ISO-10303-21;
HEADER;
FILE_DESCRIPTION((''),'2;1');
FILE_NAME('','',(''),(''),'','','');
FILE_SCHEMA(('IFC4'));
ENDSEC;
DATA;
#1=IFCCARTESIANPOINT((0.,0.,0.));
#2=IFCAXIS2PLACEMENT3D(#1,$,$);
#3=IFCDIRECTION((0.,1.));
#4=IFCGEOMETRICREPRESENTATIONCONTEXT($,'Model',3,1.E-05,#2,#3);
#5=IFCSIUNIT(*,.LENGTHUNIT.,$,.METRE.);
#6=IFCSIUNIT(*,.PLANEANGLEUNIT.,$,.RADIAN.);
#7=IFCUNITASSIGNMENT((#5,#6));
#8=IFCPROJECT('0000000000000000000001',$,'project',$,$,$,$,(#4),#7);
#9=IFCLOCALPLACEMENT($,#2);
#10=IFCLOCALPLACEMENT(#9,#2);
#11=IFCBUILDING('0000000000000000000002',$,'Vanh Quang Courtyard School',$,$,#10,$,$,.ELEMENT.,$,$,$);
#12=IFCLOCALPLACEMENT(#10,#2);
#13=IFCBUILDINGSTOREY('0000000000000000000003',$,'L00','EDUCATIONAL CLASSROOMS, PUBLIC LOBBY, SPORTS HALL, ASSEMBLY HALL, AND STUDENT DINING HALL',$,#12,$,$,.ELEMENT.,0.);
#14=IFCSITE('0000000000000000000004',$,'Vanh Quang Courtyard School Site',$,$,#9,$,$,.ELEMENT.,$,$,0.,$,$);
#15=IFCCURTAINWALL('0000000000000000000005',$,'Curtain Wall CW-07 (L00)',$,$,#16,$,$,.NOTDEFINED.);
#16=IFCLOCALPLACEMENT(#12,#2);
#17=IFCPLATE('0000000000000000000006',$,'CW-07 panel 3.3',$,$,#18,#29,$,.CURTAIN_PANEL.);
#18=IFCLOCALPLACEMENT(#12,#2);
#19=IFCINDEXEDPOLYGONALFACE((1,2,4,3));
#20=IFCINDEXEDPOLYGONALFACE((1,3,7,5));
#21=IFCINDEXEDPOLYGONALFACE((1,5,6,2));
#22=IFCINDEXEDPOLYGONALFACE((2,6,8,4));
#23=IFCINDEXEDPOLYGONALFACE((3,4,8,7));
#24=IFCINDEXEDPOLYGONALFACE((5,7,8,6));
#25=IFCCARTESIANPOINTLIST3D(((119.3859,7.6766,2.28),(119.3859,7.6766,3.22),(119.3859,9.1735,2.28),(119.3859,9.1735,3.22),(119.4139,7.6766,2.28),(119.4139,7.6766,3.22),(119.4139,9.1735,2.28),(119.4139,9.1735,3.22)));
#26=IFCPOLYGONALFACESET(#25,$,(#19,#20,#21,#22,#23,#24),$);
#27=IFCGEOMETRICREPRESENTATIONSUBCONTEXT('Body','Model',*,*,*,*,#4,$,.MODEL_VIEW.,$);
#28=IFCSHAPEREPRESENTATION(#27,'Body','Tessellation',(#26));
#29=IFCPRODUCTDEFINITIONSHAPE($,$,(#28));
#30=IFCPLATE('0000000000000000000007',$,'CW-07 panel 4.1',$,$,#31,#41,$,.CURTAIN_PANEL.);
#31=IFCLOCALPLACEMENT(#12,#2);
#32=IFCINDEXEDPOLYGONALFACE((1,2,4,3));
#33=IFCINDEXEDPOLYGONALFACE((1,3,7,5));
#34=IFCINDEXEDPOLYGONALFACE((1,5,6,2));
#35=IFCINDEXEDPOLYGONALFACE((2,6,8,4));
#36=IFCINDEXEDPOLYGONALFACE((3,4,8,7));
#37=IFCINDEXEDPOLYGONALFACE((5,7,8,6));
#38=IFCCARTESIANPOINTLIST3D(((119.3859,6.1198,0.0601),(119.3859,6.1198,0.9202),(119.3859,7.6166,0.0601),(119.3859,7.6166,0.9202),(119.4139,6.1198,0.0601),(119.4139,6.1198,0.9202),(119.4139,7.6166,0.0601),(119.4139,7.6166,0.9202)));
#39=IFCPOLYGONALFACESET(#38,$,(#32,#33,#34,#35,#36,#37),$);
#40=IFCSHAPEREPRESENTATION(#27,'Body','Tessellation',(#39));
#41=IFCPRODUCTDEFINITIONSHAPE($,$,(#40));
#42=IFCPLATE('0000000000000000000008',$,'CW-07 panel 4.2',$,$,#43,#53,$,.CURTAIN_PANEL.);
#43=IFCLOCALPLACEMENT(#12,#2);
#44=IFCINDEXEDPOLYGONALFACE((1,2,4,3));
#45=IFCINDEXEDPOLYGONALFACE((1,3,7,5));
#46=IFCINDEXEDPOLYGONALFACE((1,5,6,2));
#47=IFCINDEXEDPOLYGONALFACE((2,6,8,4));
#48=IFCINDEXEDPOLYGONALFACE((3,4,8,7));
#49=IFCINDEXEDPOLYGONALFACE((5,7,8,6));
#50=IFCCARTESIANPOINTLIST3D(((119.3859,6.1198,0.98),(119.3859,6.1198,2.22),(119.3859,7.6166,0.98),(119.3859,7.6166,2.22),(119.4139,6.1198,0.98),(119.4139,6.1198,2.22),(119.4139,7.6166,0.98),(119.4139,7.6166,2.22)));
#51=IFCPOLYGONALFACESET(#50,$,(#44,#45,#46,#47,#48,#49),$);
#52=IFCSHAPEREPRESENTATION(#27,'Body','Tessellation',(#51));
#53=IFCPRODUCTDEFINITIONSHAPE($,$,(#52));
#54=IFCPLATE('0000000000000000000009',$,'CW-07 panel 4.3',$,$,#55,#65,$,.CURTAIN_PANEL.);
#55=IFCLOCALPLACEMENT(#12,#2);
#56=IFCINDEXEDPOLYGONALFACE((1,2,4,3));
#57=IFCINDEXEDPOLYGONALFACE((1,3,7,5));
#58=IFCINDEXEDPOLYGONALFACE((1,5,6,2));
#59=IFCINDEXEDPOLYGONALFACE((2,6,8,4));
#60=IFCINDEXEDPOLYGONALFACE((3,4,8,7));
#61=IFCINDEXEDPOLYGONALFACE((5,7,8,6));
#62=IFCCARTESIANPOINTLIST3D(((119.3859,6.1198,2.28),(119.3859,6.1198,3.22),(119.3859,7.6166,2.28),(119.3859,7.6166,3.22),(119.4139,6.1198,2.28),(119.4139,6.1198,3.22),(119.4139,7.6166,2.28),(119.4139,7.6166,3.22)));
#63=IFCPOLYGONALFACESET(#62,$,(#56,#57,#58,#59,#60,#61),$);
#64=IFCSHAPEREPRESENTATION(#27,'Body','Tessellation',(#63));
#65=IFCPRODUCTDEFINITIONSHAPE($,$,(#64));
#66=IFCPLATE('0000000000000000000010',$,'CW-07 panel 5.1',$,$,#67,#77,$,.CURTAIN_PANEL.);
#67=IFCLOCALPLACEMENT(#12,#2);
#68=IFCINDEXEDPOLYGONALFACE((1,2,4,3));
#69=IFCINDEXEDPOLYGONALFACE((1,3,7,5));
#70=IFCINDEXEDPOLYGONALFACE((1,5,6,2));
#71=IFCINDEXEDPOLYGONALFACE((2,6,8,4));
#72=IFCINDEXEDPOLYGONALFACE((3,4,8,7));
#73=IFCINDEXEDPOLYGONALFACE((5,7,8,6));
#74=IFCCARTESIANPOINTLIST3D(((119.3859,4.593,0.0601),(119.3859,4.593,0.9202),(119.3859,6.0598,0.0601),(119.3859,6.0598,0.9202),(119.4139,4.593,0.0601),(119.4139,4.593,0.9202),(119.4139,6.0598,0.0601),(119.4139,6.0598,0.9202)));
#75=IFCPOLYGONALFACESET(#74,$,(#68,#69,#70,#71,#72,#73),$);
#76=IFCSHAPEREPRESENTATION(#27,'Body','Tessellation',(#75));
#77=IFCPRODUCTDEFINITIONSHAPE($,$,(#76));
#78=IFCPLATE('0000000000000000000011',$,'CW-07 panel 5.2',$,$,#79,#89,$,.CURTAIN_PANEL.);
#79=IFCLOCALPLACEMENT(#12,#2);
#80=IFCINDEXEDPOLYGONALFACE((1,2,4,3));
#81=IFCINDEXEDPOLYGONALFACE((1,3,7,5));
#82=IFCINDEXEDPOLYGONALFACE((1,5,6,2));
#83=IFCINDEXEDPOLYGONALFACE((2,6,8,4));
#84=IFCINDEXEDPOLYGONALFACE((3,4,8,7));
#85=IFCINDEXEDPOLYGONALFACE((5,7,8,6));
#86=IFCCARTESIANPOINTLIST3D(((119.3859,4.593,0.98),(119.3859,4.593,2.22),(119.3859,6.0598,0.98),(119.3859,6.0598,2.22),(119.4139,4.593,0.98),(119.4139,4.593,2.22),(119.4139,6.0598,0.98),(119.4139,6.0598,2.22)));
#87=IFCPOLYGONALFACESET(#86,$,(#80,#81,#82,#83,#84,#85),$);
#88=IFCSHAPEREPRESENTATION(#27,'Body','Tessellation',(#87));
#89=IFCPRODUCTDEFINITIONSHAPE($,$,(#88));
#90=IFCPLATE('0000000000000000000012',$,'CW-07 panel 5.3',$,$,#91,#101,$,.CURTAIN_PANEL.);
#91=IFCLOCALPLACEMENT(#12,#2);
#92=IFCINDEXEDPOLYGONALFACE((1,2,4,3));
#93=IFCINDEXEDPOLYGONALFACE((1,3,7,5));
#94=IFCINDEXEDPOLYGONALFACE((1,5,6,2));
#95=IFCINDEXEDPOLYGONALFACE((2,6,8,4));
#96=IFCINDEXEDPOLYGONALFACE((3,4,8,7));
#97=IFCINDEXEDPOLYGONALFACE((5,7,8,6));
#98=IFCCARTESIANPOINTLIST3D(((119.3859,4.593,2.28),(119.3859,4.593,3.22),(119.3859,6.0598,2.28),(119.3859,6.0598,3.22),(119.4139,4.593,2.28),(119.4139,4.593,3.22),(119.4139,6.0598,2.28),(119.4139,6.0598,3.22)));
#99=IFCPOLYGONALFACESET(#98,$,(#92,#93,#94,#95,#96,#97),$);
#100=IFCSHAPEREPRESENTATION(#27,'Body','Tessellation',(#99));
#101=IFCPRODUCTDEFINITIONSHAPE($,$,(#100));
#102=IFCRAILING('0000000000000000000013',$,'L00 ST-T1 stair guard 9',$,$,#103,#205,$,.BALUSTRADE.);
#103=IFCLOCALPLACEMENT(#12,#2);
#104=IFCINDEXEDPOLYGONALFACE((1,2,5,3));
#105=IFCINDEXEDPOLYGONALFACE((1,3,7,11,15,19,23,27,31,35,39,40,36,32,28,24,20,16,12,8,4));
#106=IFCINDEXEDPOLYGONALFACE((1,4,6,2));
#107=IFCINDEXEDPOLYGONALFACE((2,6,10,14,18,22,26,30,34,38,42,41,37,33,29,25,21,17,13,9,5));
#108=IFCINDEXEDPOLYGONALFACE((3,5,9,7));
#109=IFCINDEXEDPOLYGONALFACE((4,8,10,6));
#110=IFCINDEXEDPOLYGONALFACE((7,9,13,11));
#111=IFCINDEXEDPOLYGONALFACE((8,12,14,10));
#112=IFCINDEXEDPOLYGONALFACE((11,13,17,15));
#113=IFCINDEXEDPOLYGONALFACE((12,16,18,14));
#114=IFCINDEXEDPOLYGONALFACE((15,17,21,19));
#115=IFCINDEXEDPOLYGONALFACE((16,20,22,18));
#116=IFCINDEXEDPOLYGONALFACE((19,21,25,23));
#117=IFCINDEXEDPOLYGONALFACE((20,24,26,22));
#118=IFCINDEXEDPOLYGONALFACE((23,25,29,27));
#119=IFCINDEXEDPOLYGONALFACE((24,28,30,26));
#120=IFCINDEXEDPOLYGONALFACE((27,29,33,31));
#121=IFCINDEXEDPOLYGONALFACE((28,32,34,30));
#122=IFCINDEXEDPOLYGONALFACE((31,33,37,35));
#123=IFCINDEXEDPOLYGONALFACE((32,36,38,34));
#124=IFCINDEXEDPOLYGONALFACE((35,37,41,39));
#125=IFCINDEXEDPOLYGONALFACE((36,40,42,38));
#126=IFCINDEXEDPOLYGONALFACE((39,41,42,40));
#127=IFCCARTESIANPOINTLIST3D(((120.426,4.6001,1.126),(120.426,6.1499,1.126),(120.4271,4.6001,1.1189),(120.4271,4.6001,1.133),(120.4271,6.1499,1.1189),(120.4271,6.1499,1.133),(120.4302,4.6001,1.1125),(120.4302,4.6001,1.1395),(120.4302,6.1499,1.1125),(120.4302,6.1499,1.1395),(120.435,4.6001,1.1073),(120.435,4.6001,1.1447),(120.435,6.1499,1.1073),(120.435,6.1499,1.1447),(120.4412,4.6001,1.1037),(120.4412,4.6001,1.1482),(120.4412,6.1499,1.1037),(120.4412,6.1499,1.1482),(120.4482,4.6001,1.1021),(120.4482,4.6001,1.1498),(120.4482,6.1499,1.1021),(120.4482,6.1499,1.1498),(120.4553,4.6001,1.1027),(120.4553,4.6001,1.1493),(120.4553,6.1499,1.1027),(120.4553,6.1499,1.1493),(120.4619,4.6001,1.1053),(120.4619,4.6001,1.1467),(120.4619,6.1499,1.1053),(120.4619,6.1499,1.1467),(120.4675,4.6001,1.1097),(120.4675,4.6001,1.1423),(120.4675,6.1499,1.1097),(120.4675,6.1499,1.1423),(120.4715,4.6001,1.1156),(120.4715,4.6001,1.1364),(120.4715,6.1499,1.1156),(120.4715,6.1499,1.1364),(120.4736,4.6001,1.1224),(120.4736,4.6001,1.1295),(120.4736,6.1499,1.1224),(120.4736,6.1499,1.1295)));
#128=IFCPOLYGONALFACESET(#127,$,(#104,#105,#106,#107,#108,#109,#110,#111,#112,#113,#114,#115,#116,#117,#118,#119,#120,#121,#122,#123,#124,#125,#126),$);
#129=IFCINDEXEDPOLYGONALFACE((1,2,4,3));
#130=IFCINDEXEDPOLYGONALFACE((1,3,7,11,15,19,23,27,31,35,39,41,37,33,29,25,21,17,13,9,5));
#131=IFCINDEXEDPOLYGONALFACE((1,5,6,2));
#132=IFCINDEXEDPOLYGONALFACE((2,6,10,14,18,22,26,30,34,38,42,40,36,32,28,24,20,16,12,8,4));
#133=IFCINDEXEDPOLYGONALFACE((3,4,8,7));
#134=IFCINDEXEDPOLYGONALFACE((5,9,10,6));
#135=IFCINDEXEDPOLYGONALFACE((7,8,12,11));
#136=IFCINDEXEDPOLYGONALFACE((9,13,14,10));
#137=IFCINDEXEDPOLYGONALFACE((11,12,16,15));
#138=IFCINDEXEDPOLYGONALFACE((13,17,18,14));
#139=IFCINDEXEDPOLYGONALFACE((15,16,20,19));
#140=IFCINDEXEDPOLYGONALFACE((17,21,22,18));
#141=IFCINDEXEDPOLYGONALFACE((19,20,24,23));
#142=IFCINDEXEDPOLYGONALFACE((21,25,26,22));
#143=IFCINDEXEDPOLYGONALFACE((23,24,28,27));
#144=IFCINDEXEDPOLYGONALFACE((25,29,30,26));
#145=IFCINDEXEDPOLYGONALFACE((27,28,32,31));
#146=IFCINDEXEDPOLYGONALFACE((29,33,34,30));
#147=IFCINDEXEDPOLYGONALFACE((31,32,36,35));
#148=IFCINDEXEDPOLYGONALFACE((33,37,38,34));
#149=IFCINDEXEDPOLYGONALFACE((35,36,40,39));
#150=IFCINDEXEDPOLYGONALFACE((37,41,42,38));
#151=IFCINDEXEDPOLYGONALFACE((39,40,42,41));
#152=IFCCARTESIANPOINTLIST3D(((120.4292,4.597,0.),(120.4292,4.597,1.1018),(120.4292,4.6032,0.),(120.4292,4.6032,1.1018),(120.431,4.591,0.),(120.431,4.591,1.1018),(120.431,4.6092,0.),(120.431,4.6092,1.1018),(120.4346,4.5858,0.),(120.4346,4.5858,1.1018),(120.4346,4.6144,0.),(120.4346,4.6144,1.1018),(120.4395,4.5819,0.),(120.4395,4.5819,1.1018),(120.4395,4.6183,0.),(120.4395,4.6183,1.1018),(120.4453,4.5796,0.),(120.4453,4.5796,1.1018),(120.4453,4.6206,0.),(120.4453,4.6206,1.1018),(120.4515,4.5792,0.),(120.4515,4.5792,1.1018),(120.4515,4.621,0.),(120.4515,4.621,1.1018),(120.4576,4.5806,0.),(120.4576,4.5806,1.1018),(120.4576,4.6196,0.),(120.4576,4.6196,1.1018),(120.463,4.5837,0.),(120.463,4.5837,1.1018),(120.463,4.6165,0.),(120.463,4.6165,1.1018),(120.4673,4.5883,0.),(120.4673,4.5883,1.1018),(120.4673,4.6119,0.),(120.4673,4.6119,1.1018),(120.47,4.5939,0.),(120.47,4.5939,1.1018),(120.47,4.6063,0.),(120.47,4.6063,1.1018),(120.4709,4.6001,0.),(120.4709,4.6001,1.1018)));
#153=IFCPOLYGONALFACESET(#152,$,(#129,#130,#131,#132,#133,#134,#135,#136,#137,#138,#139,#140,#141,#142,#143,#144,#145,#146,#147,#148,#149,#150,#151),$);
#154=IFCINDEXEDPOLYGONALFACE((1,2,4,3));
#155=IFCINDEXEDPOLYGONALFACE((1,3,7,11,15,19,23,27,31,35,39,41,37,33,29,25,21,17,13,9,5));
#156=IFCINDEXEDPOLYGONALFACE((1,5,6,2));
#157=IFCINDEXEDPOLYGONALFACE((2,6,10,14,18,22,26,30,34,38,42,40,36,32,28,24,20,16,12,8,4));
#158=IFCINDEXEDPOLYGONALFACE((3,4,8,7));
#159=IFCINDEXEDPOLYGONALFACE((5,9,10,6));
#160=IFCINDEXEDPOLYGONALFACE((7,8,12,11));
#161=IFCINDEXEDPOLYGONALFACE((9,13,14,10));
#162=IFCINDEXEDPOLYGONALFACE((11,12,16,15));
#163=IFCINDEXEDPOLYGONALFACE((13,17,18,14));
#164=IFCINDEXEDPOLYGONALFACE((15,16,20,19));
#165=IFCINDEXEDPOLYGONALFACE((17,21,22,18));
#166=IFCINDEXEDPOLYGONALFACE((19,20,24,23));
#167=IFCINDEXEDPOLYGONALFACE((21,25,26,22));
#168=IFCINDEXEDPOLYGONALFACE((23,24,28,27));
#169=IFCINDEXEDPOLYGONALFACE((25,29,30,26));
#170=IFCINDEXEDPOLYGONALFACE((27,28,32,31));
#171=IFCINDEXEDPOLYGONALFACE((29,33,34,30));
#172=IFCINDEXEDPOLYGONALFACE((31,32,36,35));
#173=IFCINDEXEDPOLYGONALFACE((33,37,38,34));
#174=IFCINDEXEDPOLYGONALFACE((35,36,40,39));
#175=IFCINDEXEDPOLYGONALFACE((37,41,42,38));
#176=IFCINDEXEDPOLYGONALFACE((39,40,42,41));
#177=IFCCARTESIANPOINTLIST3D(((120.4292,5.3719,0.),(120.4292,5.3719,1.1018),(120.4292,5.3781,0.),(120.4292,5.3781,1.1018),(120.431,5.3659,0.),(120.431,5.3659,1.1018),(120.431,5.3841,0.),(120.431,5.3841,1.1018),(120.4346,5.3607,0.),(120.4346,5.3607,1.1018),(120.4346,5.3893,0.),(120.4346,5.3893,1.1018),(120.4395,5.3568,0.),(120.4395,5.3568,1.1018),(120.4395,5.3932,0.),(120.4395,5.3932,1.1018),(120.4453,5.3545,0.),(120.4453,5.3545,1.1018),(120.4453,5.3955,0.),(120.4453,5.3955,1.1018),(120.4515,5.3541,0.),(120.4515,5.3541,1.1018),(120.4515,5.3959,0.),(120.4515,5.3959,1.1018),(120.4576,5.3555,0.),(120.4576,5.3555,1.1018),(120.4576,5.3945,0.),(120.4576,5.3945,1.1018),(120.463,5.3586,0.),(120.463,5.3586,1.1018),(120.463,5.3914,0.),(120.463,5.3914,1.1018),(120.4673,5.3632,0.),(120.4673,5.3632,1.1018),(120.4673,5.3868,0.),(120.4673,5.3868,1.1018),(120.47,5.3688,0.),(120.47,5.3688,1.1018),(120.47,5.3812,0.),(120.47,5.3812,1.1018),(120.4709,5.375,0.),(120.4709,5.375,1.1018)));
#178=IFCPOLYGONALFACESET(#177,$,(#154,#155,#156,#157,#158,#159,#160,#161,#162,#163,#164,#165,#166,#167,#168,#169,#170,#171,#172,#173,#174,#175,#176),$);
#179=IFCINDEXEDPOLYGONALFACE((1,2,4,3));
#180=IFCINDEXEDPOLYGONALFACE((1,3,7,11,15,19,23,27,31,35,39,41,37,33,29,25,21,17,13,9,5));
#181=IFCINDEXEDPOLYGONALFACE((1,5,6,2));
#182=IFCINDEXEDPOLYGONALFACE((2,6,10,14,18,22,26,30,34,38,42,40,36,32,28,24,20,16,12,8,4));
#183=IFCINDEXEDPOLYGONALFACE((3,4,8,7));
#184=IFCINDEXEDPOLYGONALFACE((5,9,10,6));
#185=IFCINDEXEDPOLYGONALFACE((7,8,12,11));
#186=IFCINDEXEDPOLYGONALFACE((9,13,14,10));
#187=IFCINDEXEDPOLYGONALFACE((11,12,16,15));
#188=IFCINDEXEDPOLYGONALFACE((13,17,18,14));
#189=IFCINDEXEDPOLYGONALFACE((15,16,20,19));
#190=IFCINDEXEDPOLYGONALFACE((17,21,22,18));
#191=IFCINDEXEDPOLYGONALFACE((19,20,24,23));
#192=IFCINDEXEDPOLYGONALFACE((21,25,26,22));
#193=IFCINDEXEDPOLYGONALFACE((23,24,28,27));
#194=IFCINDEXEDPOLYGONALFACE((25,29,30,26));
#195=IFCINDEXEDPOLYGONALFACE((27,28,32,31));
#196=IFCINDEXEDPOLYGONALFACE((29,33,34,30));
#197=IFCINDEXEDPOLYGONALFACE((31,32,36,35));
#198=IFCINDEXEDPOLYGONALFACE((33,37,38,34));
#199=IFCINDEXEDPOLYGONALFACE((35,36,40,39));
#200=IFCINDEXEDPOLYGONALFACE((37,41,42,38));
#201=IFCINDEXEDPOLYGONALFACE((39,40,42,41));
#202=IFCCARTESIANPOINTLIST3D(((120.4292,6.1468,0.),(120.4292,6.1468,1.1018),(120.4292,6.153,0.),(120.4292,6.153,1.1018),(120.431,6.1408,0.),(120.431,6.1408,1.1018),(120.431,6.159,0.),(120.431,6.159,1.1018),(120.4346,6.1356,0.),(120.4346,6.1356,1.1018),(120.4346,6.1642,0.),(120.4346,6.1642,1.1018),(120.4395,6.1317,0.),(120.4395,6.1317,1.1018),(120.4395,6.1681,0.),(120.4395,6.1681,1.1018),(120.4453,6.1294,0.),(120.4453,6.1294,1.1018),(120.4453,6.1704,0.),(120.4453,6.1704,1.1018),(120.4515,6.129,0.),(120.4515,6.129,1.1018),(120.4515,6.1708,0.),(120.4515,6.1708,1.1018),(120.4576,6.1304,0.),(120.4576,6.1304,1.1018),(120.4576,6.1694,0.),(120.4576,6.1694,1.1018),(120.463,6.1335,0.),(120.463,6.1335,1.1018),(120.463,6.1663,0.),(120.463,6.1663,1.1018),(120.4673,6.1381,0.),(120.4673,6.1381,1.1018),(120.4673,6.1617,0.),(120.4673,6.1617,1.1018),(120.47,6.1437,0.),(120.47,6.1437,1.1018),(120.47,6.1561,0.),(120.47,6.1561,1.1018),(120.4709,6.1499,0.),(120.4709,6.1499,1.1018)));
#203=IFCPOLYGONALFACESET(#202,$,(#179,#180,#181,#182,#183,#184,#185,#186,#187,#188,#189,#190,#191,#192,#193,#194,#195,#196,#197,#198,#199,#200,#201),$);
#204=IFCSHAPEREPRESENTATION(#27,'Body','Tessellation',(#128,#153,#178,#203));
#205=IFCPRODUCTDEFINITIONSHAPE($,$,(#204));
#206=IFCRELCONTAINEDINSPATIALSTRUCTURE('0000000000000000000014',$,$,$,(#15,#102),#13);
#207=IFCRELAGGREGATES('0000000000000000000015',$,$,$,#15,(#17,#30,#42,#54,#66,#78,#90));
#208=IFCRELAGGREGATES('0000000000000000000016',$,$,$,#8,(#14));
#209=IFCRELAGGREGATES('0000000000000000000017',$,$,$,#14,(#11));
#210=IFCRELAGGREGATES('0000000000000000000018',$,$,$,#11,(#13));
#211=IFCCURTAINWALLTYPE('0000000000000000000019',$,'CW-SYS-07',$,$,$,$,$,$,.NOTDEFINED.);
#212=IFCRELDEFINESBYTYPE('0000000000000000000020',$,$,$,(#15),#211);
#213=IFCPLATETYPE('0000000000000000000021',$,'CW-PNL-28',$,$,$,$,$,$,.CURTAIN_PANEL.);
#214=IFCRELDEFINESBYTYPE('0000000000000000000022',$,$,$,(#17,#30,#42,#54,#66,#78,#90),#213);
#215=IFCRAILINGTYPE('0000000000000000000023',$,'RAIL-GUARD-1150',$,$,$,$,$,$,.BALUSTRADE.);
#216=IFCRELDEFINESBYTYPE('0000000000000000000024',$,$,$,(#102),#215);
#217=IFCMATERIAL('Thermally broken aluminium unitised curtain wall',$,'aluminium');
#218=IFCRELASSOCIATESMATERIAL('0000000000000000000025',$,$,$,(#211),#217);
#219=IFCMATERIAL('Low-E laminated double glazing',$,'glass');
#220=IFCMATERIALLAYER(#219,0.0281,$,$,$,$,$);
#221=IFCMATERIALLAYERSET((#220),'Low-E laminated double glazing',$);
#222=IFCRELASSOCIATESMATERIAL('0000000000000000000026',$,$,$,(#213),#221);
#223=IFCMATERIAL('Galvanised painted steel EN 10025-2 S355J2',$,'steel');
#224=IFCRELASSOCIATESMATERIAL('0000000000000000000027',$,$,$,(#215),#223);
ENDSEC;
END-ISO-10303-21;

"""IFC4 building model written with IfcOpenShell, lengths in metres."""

from ifc_helpers import new_model, si_unit, direction, frame, origin, origin_2d, place, context, subcontext, project, spatial, rectangle, circle, extrude, material, layer, layer_set, type_object, element, aggregate, save


model = new_model("IFC4")

# Units and contexts
model_context = context("Model", 3, precision=1e-05, world=origin(), true_north=direction((0.0, 1.0)))
body_context = subcontext(model_context, "Body", "Model", "MODEL_VIEW")
ifc_project = project(units=[si_unit("LENGTHUNIT", "METRE"), si_unit("PLANEANGLEUNIT", "RADIAN")], contexts=[model_context])

# Site, building, storey
site_placement = place(None, origin())
site = spatial("IfcSite", under=ifc_project, at=site_placement, Name="Vanh Quang Courtyard School Site", CompositionType="ELEMENT", RefElevation=0.0)
building_placement = place(site_placement, origin())
building = spatial("IfcBuilding", under=site, at=building_placement, Name="Vanh Quang Courtyard School", CompositionType="ELEMENT")
storey_placement = place(building_placement, origin())
storey = spatial("IfcBuildingStorey", under=building, at=storey_placement, Name="L00", Description="EDUCATIONAL CLASSROOMS, PUBLIC LOBBY, SPORTS HALL, ASSEMBLY HALL, AND STUDENT DINING HALL", CompositionType="ELEMENT", Elevation=0.0)

# Curtain wall, plates
ifc_material_1 = material(Name="Thermally broken aluminium unitised curtain wall", Category="aluminium")
curtain_wall_type = type_object("IfcCurtainWallType", Name="CW-SYS-07", PredefinedType="NOTDEFINED", material=ifc_material_1)
curtain_wall_placement = place(storey_placement, origin())
curtain_wall = element("IfcCurtainWall", 1, at=curtain_wall_placement, inside=storey, type_object=curtain_wall_type, Name="Curtain Wall CW-07 (L00)", PredefinedType="NOTDEFINED")
ifc_material_2 = material(Name="Low-E laminated double glazing", Category="glass")
ifc_layer = layer(ifc_material_2, 0.0281)
ifc_layer_set = layer_set([ifc_layer], Name="Low-E laminated double glazing")
plate_type = type_object("IfcPlateType", Name="CW-PNL-28", PredefinedType="CURTAIN_PANEL", material=ifc_layer_set)
plate_1_placement = place(storey_placement, frame((119.3999, 8.425, 2.28), z_axis=(0.0, 0.0, 1.0), x_axis=(0.0, -1.0, 0.0)))
plate_1 = element("IfcPlate", 2, at=plate_1_placement, type_object=plate_type, Name="CW-07 panel 3.3", PredefinedType="CURTAIN_PANEL", context=body_context, shape_type="SweptSolid", body=[
    extrude(rectangle(XDim=1.4968, YDim=0.0281, at=origin_2d()), origin(), (0.0, 0.0, 1.0), 0.9399),
])
plate_2_placement = place(storey_placement, frame((119.3999, 6.8682, 0.0601), z_axis=(0.0, 0.0, 1.0), x_axis=(0.0, -1.0, 0.0)))
plate_2 = element("IfcPlate", 3, at=plate_2_placement, type_object=plate_type, Name="CW-07 panel 4.1", PredefinedType="CURTAIN_PANEL", context=body_context, shape_type="SweptSolid", body=[
    extrude(rectangle(XDim=1.4968, YDim=0.0281, at=origin_2d()), origin(), (0.0, 0.0, 1.0), 0.8601),
])
plate_3_placement = place(storey_placement, frame((119.3999, 6.8682, 0.98), z_axis=(0.0, 0.0, 1.0), x_axis=(0.0, -1.0, 0.0)))
plate_3 = element("IfcPlate", 4, at=plate_3_placement, type_object=plate_type, Name="CW-07 panel 4.2", PredefinedType="CURTAIN_PANEL", context=body_context, shape_type="SweptSolid", body=[
    extrude(rectangle(XDim=1.4968, YDim=0.0281, at=origin_2d()), origin(), (0.0, 0.0, 1.0), 1.24),
])
plate_4_placement = place(storey_placement, frame((119.3999, 6.8682, 2.28), z_axis=(0.0, 0.0, 1.0), x_axis=(0.0, -1.0, 0.0)))
plate_4 = element("IfcPlate", 5, at=plate_4_placement, type_object=plate_type, Name="CW-07 panel 4.3", PredefinedType="CURTAIN_PANEL", context=body_context, shape_type="SweptSolid", body=[
    extrude(rectangle(XDim=1.4968, YDim=0.0281, at=origin_2d()), origin(), (0.0, 0.0, 1.0), 0.9399),
])
plate_5_placement = place(storey_placement, frame((119.3999, 5.3264, 0.0601), z_axis=(0.0, 0.0, 1.0), x_axis=(0.0, -1.0, 0.0)))
plate_5 = element("IfcPlate", 6, at=plate_5_placement, type_object=plate_type, Name="CW-07 panel 5.1", PredefinedType="CURTAIN_PANEL", context=body_context, shape_type="SweptSolid", body=[
    extrude(rectangle(XDim=1.4668, YDim=0.0281, at=origin_2d()), origin(), (0.0, 0.0, 1.0), 0.8601),
])
plate_6_placement = place(storey_placement, frame((119.3999, 5.3264, 0.98), z_axis=(0.0, 0.0, 1.0), x_axis=(0.0, -1.0, 0.0)))
plate_6 = element("IfcPlate", 7, at=plate_6_placement, type_object=plate_type, Name="CW-07 panel 5.2", PredefinedType="CURTAIN_PANEL", context=body_context, shape_type="SweptSolid", body=[
    extrude(rectangle(XDim=1.4668, YDim=0.0281, at=origin_2d()), origin(), (0.0, 0.0, 1.0), 1.24),
])
plate_7_placement = place(storey_placement, frame((119.3999, 5.3264, 2.28), z_axis=(0.0, 0.0, 1.0), x_axis=(0.0, -1.0, 0.0)))
plate_7 = element("IfcPlate", 8, at=plate_7_placement, type_object=plate_type, Name="CW-07 panel 5.3", PredefinedType="CURTAIN_PANEL", context=body_context, shape_type="SweptSolid", body=[
    extrude(rectangle(XDim=1.4668, YDim=0.0281, at=origin_2d()), origin(), (0.0, 0.0, 1.0), 0.9399),
])
aggregate(curtain_wall, [plate_1, plate_2, plate_3, plate_4, plate_5, plate_6, plate_7])

# Railing
ifc_material_3 = material(Name="Galvanised painted steel EN 10025-2 S355J2", Category="steel")
railing_type = type_object("IfcRailingType", Name="RAIL-GUARD-1150", PredefinedType="BALUSTRADE", material=ifc_material_3)
railing_placement = place(storey_placement, frame((120.45, 4.6001, 0.0)))
element("IfcRailing", 9, at=railing_placement, inside=storey, type_object=railing_type, Name="L00 ST-T1 stair guard 9", PredefinedType="BALUSTRADE", context=body_context, shape_type="SweptSolid", body=[
    extrude(circle(Radius=0.0239, at=origin_2d()), frame((0.0, 0.0, 1.126), z_axis=(0.0, 1.0, 0.0), x_axis=(-1.0, 0.0, 0.0)), (0.0, 0.0, 1.0), 1.5498),
    extrude(circle(Radius=0.021, at=origin_2d()), origin(), (0.0, 0.0, 1.0), 1.1018),
    extrude(circle(Radius=0.021, at=origin_2d()), frame((0.0, 0.7749, 0.0)), (0.0, 0.0, 1.0), 1.1018),
    extrude(circle(Radius=0.021, at=origin_2d()), frame((0.0, 1.5498, 0.0)), (0.0, 0.0, 1.0), 1.1018),
])

save(model, "model.ifc")
